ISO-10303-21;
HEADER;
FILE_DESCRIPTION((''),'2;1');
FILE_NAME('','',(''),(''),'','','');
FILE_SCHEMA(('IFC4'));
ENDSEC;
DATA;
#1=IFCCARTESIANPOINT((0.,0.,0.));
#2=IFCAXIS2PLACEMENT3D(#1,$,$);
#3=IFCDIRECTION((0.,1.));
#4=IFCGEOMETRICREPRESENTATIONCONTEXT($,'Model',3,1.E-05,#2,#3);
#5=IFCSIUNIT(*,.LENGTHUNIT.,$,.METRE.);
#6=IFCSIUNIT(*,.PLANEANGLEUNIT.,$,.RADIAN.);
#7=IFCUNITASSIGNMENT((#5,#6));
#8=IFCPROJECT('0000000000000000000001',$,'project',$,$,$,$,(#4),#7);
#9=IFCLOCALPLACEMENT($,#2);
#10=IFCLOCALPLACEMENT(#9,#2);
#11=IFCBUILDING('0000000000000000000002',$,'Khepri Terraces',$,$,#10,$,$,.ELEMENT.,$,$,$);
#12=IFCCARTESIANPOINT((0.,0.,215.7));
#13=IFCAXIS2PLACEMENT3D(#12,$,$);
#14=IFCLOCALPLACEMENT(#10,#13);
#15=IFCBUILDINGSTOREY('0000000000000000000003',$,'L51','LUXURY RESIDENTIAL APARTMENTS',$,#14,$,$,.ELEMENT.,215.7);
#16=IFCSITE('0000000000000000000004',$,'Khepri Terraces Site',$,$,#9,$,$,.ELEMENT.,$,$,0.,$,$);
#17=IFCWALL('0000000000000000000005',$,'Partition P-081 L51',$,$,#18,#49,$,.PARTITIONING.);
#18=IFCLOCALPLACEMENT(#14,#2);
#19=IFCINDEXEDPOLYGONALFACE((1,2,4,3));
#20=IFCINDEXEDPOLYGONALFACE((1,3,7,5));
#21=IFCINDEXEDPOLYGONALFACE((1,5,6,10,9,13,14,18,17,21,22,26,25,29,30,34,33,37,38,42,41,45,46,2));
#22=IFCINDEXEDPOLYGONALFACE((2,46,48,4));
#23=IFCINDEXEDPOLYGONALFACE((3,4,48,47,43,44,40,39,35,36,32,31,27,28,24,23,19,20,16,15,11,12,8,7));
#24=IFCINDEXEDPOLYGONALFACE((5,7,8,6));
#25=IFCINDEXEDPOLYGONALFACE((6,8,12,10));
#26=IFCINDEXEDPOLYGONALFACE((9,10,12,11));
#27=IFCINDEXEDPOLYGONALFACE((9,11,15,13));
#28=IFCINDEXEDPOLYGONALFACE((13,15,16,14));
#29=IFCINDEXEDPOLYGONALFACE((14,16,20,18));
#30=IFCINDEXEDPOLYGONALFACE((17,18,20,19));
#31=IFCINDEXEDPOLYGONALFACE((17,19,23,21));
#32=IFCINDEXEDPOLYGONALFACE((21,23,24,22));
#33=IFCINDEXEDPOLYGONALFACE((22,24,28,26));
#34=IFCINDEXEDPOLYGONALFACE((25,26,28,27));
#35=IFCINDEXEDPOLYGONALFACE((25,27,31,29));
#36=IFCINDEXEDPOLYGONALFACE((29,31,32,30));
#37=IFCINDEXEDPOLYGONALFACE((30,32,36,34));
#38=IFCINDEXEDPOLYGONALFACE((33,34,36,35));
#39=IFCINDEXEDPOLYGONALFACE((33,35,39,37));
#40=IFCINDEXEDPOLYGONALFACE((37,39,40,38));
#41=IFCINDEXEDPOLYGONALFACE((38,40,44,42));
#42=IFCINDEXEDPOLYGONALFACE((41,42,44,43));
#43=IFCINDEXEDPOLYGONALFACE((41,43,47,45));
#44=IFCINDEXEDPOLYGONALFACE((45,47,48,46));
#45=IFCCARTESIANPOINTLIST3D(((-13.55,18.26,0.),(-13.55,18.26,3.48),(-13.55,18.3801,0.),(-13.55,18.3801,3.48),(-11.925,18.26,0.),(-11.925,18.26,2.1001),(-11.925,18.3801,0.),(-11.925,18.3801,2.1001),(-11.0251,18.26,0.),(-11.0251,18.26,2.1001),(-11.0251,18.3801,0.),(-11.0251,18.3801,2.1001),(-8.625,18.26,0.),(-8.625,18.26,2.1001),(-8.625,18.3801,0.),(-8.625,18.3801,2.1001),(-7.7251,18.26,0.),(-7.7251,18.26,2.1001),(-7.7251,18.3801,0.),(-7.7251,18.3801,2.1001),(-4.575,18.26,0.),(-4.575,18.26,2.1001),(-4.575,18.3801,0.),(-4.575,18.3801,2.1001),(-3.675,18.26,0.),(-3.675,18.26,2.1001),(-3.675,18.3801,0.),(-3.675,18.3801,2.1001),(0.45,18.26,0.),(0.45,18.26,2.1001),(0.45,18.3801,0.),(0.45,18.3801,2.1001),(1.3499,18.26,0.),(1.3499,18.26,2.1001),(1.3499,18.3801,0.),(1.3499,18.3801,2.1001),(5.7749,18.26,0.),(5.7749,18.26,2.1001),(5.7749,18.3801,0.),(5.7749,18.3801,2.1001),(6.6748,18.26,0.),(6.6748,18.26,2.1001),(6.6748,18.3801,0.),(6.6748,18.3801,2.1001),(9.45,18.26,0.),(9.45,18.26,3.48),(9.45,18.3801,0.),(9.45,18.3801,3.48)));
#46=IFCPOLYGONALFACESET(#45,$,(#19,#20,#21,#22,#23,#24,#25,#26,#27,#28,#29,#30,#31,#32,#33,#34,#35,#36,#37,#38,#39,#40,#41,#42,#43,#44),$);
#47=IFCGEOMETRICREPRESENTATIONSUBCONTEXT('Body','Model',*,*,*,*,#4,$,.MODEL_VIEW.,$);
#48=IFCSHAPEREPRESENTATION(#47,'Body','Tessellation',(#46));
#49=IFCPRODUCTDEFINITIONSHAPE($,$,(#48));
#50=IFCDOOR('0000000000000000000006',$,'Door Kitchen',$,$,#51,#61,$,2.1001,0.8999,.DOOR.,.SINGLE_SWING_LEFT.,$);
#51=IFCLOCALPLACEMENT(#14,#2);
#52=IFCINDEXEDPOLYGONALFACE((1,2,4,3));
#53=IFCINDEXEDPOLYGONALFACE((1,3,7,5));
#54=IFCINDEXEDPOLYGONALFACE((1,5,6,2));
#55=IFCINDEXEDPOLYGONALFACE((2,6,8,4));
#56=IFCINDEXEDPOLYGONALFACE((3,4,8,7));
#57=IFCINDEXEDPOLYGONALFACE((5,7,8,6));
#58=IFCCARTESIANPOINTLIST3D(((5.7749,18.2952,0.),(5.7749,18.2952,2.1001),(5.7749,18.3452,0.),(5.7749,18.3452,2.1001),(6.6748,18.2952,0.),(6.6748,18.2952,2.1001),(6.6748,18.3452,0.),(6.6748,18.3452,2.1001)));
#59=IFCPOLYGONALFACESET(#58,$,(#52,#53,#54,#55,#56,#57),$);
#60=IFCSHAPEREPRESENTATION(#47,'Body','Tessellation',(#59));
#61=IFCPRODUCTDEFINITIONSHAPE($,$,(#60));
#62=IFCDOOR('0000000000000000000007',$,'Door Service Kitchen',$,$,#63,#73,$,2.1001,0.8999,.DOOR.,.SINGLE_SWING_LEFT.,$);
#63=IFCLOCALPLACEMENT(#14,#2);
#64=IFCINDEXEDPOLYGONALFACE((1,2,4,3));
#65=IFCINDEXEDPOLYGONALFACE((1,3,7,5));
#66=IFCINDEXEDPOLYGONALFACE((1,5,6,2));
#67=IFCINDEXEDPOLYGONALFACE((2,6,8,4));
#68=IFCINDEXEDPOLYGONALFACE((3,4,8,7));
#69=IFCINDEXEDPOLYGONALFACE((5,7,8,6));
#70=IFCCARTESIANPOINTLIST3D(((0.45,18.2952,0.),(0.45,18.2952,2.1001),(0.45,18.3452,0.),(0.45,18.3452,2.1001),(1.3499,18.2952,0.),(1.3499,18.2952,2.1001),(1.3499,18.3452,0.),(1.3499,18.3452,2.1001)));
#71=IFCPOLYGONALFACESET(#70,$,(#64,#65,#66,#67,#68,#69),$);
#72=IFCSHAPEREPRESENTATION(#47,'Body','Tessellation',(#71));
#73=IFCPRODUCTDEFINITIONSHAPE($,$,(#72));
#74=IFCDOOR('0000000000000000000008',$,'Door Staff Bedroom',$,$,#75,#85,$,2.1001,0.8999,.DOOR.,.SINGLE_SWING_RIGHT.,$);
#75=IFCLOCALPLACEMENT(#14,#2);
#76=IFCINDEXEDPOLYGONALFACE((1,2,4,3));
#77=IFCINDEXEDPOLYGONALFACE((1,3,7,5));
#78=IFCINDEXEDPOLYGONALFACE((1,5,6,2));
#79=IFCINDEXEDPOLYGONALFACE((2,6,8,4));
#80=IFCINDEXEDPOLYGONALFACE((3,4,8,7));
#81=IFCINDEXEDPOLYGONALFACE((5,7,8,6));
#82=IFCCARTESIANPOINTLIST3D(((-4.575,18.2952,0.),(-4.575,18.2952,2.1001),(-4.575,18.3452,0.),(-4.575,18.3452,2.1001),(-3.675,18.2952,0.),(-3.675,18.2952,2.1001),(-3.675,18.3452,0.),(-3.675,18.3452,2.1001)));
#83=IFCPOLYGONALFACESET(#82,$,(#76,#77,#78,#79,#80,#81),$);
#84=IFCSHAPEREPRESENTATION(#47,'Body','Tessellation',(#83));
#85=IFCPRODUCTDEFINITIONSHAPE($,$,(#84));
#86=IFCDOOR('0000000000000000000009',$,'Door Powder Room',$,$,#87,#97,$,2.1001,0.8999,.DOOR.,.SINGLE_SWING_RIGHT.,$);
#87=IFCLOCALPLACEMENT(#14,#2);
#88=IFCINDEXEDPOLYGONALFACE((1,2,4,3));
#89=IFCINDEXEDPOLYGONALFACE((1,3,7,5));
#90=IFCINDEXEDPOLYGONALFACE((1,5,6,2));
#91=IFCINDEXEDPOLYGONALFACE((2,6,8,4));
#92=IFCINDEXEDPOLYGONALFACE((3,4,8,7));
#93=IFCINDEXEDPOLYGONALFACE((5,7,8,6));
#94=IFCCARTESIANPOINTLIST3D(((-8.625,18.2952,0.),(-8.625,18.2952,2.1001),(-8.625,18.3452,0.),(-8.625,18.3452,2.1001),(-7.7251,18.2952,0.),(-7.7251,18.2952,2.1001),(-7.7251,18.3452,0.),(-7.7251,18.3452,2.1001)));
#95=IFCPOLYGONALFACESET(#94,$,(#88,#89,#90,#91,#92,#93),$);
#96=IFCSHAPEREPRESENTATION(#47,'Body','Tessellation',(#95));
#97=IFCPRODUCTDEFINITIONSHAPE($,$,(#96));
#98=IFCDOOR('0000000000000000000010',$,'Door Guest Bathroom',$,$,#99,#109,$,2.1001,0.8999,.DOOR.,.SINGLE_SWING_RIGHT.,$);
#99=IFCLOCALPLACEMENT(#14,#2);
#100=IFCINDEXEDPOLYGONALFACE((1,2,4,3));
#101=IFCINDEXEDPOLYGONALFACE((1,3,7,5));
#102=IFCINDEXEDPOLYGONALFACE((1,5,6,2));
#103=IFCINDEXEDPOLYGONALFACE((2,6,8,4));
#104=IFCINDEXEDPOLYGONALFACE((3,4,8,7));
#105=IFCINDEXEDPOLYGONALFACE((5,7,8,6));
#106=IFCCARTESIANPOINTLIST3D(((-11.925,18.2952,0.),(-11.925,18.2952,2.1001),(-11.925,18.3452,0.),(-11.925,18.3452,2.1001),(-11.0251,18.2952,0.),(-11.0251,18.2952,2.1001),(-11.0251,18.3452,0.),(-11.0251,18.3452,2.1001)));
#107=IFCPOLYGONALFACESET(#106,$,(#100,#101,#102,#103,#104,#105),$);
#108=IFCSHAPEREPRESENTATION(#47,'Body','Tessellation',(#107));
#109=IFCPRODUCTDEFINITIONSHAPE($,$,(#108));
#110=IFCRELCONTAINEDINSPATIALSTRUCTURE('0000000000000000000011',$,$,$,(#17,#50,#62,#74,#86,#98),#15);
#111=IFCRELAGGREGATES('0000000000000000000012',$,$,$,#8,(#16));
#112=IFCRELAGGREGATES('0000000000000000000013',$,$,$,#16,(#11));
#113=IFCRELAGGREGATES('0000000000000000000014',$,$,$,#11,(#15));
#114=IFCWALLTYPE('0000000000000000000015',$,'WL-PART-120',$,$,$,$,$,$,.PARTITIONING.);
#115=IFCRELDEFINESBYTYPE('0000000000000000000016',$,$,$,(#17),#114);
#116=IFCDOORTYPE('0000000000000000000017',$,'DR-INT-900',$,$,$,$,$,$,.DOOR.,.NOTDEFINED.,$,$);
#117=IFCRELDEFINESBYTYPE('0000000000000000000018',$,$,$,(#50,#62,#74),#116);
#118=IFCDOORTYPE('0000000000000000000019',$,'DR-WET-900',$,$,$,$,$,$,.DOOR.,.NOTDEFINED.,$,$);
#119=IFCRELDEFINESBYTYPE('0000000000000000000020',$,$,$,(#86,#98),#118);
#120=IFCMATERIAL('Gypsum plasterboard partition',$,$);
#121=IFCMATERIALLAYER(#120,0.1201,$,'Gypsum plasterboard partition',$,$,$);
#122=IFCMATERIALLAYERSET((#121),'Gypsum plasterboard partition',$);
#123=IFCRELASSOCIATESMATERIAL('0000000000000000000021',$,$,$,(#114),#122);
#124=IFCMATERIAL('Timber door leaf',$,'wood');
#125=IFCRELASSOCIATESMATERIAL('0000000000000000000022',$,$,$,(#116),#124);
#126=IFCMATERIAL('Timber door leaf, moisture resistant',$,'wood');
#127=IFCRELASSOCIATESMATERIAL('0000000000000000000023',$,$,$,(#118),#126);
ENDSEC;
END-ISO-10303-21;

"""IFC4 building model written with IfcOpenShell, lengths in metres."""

from ifc_helpers import new_model, si_unit, direction, frame, frame_2d, origin, place, context, subcontext, project, spatial, rectangle, extrude, material, layer, layer_set, type_object, element, fill, save


model = new_model("IFC4")

# Units and contexts
model_context = context("Model", 3, precision=1e-05, world=origin(), true_north=direction((0.0, 1.0)))
body_context = subcontext(model_context, "Body", "Model", "MODEL_VIEW")
ifc_project = project(units=[si_unit("LENGTHUNIT", "METRE"), si_unit("PLANEANGLEUNIT", "RADIAN")], contexts=[model_context])

# Site, building, storey
site_placement = place(None, origin())
site = spatial("IfcSite", under=ifc_project, at=site_placement, Name="Khepri Terraces Site", CompositionType="ELEMENT", RefElevation=0.0)
building_placement = place(site_placement, origin())
building = spatial("IfcBuilding", under=site, at=building_placement, Name="Khepri Terraces", CompositionType="ELEMENT")
storey_placement = place(building_placement, frame((0.0, 0.0, 215.7)))
storey = spatial("IfcBuildingStorey", under=building, at=storey_placement, Name="L51", Description="LUXURY RESIDENTIAL APARTMENTS", CompositionType="ELEMENT", Elevation=215.7)

# Shared definitions
ifc_material_1 = material(Name="Gypsum plasterboard partition")
ifc_layer_1 = layer(ifc_material_1, 0.1201, Name="Gypsum plasterboard partition")
ifc_layer_set_1 = layer_set([ifc_layer_1], Name="Gypsum plasterboard partition")
wall_type_1 = type_object("IfcWallType", Name="WL-PART-120", PredefinedType="PARTITIONING", material=ifc_layer_set_1)

# Wall, openings, doors
wall_1_placement = place(storey_placement, frame((-13.55, 18.3201, 0.0), z_axis=(0.0, 0.0, 1.0), x_axis=(1.0, 0.0, 0.0)))
wall_1 = element("IfcWall", 1, at=wall_1_placement, inside=storey, type_object=wall_type_1, Name="Partition P-081 L51", PredefinedType="PARTITIONING", context=body_context, shape_type="SweptSolid", body=[
    extrude(rectangle(XDim=23.0, YDim=0.1201, at=frame_2d((11.5, 0.0))), origin(), (0.0, 0.0, 1.0), 3.48),
])
opening_1_placement = place(wall_1_placement, frame((19.325, 0.0, 0.0)))
opening_1 = element("IfcOpeningElement", 2, at=opening_1_placement, cuts=wall_1, PredefinedType="OPENING", context=body_context, shape_type="SweptSolid", body=[
    extrude(rectangle(XDim=0.8999, YDim=2.1001, at=frame_2d((0.45, 1.05))), frame((0.0, 0.0701, 0.0), z_axis=(0.0, -1.0, 0.0), x_axis=(1.0, 0.0, 0.0)), (0.0, 0.0, 1.0), 0.1401),
])
opening_2_placement = place(wall_1_placement, frame((14.0, 0.0, 0.0)))
opening_2 = element("IfcOpeningElement", 3, at=opening_2_placement, cuts=wall_1, PredefinedType="OPENING", context=body_context, shape_type="SweptSolid", body=[
    extrude(rectangle(XDim=0.8999, YDim=2.1001, at=frame_2d((0.45, 1.05))), frame((0.0, 0.0701, 0.0), z_axis=(0.0, -1.0, 0.0), x_axis=(1.0, 0.0, 0.0)), (0.0, 0.0, 1.0), 0.1401),
])
opening_3_placement = place(wall_1_placement, frame((8.9751, 0.0, 0.0)))
opening_3 = element("IfcOpeningElement", 4, at=opening_3_placement, cuts=wall_1, PredefinedType="OPENING", context=body_context, shape_type="SweptSolid", body=[
    extrude(rectangle(XDim=0.8999, YDim=2.1001, at=frame_2d((0.45, 1.05))), frame((0.0, 0.0701, 0.0), z_axis=(0.0, -1.0, 0.0), x_axis=(1.0, 0.0, 0.0)), (0.0, 0.0, 1.0), 0.1401),
])
opening_4_placement = place(wall_1_placement, frame((4.925, 0.0, 0.0)))
opening_4 = element("IfcOpeningElement", 5, at=opening_4_placement, cuts=wall_1, PredefinedType="OPENING", context=body_context, shape_type="SweptSolid", body=[
    extrude(rectangle(XDim=0.8999, YDim=2.1001, at=frame_2d((0.45, 1.05))), frame((0.0, 0.0701, 0.0), z_axis=(0.0, -1.0, 0.0), x_axis=(1.0, 0.0, 0.0)), (0.0, 0.0, 1.0), 0.1401),
])
opening_5_placement = place(wall_1_placement, frame((1.625, 0.0, 0.0)))
opening_5 = element("IfcOpeningElement", 6, at=opening_5_placement, cuts=wall_1, PredefinedType="OPENING", context=body_context, shape_type="SweptSolid", body=[
    extrude(rectangle(XDim=0.8999, YDim=2.1001, at=frame_2d((0.45, 1.05))), frame((0.0, 0.0701, 0.0), z_axis=(0.0, -1.0, 0.0), x_axis=(1.0, 0.0, 0.0)), (0.0, 0.0, 1.0), 0.1401),
])
ifc_material_2 = material(Name="Timber door leaf", Category="wood")
door_type_1 = type_object("IfcDoorType", Name="DR-INT-900", OperationType="NOTDEFINED", PredefinedType="DOOR", material=ifc_material_2)
door_1_placement = place(opening_1_placement, frame((0.8999, 0.0, 0.0), z_axis=(0.0, 0.0, 1.0), x_axis=(-1.0, 0.0, 0.0)))
door_1 = element("IfcDoor", 7, at=door_1_placement, inside=storey, type_object=door_type_1, Name="Door Kitchen", OperationType="SINGLE_SWING_LEFT", OverallHeight=2.1001, OverallWidth=0.8999, PredefinedType="DOOR", context=body_context, shape_type="SweptSolid", body=[
    extrude(rectangle(XDim=0.8999, YDim=2.1001, at=frame_2d((0.45, 1.05))), frame((0.0, 0.0249, 0.0), z_axis=(0.0, -1.0, 0.0), x_axis=(1.0, 0.0, 0.0)), (0.0, 0.0, 1.0), 0.05),
])
fill(opening_1, door_1)
door_2_placement = place(opening_2_placement, frame((0.8999, 0.0, 0.0), z_axis=(0.0, 0.0, 1.0), x_axis=(-1.0, 0.0, 0.0)))
door_2 = element("IfcDoor", 8, at=door_2_placement, inside=storey, type_object=door_type_1, Name="Door Service Kitchen", OperationType="SINGLE_SWING_LEFT", OverallHeight=2.1001, OverallWidth=0.8999, PredefinedType="DOOR", context=body_context, shape_type="SweptSolid", body=[
    extrude(rectangle(XDim=0.8999, YDim=2.1001, at=frame_2d((0.45, 1.05))), frame((0.0, 0.0249, 0.0), z_axis=(0.0, -1.0, 0.0), x_axis=(1.0, 0.0, 0.0)), (0.0, 0.0, 1.0), 0.05),
])
fill(opening_2, door_2)
door_3_placement = place(opening_3_placement, frame((0.8999, 0.0, 0.0), z_axis=(0.0, 0.0, 1.0), x_axis=(-1.0, 0.0, 0.0)))
door_3 = element("IfcDoor", 9, at=door_3_placement, inside=storey, type_object=door_type_1, Name="Door Staff Bedroom", OperationType="SINGLE_SWING_RIGHT", OverallHeight=2.1001, OverallWidth=0.8999, PredefinedType="DOOR", context=body_context, shape_type="SweptSolid", body=[
    extrude(rectangle(XDim=0.8999, YDim=2.1001, at=frame_2d((0.45, 1.05))), frame((0.0, 0.0249, 0.0), z_axis=(0.0, -1.0, 0.0), x_axis=(1.0, 0.0, 0.0)), (0.0, 0.0, 1.0), 0.05),
])
fill(opening_3, door_3)
ifc_material_3 = material(Name="Timber door leaf, moisture resistant", Category="wood")
door_type_2 = type_object("IfcDoorType", Name="DR-WET-900", OperationType="NOTDEFINED", PredefinedType="DOOR", material=ifc_material_3)
door_4_placement = place(opening_4_placement, frame((0.8999, 0.0, 0.0), z_axis=(0.0, 0.0, 1.0), x_axis=(-1.0, 0.0, 0.0)))
door_4 = element("IfcDoor", 10, at=door_4_placement, inside=storey, type_object=door_type_2, Name="Door Powder Room", OperationType="SINGLE_SWING_RIGHT", OverallHeight=2.1001, OverallWidth=0.8999, PredefinedType="DOOR", context=body_context, shape_type="SweptSolid", body=[
    extrude(rectangle(XDim=0.8999, YDim=2.1001, at=frame_2d((0.45, 1.05))), frame((0.0, 0.0249, 0.0), z_axis=(0.0, -1.0, 0.0), x_axis=(1.0, 0.0, 0.0)), (0.0, 0.0, 1.0), 0.05),
])
fill(opening_4, door_4)
door_5_placement = place(opening_5_placement, frame((0.8999, 0.0, 0.0), z_axis=(0.0, 0.0, 1.0), x_axis=(-1.0, 0.0, 0.0)))
door_5 = element("IfcDoor", 11, at=door_5_placement, inside=storey, type_object=door_type_2, Name="Door Guest Bathroom", OperationType="SINGLE_SWING_RIGHT", OverallHeight=2.1001, OverallWidth=0.8999, PredefinedType="DOOR", context=body_context, shape_type="SweptSolid", body=[
    extrude(rectangle(XDim=0.8999, YDim=2.1001, at=frame_2d((0.45, 1.05))), frame((0.0, 0.0249, 0.0), z_axis=(0.0, -1.0, 0.0), x_axis=(1.0, 0.0, 0.0)), (0.0, 0.0, 1.0), 0.05),
])
fill(opening_5, door_5)

save(model, "model.ifc")
